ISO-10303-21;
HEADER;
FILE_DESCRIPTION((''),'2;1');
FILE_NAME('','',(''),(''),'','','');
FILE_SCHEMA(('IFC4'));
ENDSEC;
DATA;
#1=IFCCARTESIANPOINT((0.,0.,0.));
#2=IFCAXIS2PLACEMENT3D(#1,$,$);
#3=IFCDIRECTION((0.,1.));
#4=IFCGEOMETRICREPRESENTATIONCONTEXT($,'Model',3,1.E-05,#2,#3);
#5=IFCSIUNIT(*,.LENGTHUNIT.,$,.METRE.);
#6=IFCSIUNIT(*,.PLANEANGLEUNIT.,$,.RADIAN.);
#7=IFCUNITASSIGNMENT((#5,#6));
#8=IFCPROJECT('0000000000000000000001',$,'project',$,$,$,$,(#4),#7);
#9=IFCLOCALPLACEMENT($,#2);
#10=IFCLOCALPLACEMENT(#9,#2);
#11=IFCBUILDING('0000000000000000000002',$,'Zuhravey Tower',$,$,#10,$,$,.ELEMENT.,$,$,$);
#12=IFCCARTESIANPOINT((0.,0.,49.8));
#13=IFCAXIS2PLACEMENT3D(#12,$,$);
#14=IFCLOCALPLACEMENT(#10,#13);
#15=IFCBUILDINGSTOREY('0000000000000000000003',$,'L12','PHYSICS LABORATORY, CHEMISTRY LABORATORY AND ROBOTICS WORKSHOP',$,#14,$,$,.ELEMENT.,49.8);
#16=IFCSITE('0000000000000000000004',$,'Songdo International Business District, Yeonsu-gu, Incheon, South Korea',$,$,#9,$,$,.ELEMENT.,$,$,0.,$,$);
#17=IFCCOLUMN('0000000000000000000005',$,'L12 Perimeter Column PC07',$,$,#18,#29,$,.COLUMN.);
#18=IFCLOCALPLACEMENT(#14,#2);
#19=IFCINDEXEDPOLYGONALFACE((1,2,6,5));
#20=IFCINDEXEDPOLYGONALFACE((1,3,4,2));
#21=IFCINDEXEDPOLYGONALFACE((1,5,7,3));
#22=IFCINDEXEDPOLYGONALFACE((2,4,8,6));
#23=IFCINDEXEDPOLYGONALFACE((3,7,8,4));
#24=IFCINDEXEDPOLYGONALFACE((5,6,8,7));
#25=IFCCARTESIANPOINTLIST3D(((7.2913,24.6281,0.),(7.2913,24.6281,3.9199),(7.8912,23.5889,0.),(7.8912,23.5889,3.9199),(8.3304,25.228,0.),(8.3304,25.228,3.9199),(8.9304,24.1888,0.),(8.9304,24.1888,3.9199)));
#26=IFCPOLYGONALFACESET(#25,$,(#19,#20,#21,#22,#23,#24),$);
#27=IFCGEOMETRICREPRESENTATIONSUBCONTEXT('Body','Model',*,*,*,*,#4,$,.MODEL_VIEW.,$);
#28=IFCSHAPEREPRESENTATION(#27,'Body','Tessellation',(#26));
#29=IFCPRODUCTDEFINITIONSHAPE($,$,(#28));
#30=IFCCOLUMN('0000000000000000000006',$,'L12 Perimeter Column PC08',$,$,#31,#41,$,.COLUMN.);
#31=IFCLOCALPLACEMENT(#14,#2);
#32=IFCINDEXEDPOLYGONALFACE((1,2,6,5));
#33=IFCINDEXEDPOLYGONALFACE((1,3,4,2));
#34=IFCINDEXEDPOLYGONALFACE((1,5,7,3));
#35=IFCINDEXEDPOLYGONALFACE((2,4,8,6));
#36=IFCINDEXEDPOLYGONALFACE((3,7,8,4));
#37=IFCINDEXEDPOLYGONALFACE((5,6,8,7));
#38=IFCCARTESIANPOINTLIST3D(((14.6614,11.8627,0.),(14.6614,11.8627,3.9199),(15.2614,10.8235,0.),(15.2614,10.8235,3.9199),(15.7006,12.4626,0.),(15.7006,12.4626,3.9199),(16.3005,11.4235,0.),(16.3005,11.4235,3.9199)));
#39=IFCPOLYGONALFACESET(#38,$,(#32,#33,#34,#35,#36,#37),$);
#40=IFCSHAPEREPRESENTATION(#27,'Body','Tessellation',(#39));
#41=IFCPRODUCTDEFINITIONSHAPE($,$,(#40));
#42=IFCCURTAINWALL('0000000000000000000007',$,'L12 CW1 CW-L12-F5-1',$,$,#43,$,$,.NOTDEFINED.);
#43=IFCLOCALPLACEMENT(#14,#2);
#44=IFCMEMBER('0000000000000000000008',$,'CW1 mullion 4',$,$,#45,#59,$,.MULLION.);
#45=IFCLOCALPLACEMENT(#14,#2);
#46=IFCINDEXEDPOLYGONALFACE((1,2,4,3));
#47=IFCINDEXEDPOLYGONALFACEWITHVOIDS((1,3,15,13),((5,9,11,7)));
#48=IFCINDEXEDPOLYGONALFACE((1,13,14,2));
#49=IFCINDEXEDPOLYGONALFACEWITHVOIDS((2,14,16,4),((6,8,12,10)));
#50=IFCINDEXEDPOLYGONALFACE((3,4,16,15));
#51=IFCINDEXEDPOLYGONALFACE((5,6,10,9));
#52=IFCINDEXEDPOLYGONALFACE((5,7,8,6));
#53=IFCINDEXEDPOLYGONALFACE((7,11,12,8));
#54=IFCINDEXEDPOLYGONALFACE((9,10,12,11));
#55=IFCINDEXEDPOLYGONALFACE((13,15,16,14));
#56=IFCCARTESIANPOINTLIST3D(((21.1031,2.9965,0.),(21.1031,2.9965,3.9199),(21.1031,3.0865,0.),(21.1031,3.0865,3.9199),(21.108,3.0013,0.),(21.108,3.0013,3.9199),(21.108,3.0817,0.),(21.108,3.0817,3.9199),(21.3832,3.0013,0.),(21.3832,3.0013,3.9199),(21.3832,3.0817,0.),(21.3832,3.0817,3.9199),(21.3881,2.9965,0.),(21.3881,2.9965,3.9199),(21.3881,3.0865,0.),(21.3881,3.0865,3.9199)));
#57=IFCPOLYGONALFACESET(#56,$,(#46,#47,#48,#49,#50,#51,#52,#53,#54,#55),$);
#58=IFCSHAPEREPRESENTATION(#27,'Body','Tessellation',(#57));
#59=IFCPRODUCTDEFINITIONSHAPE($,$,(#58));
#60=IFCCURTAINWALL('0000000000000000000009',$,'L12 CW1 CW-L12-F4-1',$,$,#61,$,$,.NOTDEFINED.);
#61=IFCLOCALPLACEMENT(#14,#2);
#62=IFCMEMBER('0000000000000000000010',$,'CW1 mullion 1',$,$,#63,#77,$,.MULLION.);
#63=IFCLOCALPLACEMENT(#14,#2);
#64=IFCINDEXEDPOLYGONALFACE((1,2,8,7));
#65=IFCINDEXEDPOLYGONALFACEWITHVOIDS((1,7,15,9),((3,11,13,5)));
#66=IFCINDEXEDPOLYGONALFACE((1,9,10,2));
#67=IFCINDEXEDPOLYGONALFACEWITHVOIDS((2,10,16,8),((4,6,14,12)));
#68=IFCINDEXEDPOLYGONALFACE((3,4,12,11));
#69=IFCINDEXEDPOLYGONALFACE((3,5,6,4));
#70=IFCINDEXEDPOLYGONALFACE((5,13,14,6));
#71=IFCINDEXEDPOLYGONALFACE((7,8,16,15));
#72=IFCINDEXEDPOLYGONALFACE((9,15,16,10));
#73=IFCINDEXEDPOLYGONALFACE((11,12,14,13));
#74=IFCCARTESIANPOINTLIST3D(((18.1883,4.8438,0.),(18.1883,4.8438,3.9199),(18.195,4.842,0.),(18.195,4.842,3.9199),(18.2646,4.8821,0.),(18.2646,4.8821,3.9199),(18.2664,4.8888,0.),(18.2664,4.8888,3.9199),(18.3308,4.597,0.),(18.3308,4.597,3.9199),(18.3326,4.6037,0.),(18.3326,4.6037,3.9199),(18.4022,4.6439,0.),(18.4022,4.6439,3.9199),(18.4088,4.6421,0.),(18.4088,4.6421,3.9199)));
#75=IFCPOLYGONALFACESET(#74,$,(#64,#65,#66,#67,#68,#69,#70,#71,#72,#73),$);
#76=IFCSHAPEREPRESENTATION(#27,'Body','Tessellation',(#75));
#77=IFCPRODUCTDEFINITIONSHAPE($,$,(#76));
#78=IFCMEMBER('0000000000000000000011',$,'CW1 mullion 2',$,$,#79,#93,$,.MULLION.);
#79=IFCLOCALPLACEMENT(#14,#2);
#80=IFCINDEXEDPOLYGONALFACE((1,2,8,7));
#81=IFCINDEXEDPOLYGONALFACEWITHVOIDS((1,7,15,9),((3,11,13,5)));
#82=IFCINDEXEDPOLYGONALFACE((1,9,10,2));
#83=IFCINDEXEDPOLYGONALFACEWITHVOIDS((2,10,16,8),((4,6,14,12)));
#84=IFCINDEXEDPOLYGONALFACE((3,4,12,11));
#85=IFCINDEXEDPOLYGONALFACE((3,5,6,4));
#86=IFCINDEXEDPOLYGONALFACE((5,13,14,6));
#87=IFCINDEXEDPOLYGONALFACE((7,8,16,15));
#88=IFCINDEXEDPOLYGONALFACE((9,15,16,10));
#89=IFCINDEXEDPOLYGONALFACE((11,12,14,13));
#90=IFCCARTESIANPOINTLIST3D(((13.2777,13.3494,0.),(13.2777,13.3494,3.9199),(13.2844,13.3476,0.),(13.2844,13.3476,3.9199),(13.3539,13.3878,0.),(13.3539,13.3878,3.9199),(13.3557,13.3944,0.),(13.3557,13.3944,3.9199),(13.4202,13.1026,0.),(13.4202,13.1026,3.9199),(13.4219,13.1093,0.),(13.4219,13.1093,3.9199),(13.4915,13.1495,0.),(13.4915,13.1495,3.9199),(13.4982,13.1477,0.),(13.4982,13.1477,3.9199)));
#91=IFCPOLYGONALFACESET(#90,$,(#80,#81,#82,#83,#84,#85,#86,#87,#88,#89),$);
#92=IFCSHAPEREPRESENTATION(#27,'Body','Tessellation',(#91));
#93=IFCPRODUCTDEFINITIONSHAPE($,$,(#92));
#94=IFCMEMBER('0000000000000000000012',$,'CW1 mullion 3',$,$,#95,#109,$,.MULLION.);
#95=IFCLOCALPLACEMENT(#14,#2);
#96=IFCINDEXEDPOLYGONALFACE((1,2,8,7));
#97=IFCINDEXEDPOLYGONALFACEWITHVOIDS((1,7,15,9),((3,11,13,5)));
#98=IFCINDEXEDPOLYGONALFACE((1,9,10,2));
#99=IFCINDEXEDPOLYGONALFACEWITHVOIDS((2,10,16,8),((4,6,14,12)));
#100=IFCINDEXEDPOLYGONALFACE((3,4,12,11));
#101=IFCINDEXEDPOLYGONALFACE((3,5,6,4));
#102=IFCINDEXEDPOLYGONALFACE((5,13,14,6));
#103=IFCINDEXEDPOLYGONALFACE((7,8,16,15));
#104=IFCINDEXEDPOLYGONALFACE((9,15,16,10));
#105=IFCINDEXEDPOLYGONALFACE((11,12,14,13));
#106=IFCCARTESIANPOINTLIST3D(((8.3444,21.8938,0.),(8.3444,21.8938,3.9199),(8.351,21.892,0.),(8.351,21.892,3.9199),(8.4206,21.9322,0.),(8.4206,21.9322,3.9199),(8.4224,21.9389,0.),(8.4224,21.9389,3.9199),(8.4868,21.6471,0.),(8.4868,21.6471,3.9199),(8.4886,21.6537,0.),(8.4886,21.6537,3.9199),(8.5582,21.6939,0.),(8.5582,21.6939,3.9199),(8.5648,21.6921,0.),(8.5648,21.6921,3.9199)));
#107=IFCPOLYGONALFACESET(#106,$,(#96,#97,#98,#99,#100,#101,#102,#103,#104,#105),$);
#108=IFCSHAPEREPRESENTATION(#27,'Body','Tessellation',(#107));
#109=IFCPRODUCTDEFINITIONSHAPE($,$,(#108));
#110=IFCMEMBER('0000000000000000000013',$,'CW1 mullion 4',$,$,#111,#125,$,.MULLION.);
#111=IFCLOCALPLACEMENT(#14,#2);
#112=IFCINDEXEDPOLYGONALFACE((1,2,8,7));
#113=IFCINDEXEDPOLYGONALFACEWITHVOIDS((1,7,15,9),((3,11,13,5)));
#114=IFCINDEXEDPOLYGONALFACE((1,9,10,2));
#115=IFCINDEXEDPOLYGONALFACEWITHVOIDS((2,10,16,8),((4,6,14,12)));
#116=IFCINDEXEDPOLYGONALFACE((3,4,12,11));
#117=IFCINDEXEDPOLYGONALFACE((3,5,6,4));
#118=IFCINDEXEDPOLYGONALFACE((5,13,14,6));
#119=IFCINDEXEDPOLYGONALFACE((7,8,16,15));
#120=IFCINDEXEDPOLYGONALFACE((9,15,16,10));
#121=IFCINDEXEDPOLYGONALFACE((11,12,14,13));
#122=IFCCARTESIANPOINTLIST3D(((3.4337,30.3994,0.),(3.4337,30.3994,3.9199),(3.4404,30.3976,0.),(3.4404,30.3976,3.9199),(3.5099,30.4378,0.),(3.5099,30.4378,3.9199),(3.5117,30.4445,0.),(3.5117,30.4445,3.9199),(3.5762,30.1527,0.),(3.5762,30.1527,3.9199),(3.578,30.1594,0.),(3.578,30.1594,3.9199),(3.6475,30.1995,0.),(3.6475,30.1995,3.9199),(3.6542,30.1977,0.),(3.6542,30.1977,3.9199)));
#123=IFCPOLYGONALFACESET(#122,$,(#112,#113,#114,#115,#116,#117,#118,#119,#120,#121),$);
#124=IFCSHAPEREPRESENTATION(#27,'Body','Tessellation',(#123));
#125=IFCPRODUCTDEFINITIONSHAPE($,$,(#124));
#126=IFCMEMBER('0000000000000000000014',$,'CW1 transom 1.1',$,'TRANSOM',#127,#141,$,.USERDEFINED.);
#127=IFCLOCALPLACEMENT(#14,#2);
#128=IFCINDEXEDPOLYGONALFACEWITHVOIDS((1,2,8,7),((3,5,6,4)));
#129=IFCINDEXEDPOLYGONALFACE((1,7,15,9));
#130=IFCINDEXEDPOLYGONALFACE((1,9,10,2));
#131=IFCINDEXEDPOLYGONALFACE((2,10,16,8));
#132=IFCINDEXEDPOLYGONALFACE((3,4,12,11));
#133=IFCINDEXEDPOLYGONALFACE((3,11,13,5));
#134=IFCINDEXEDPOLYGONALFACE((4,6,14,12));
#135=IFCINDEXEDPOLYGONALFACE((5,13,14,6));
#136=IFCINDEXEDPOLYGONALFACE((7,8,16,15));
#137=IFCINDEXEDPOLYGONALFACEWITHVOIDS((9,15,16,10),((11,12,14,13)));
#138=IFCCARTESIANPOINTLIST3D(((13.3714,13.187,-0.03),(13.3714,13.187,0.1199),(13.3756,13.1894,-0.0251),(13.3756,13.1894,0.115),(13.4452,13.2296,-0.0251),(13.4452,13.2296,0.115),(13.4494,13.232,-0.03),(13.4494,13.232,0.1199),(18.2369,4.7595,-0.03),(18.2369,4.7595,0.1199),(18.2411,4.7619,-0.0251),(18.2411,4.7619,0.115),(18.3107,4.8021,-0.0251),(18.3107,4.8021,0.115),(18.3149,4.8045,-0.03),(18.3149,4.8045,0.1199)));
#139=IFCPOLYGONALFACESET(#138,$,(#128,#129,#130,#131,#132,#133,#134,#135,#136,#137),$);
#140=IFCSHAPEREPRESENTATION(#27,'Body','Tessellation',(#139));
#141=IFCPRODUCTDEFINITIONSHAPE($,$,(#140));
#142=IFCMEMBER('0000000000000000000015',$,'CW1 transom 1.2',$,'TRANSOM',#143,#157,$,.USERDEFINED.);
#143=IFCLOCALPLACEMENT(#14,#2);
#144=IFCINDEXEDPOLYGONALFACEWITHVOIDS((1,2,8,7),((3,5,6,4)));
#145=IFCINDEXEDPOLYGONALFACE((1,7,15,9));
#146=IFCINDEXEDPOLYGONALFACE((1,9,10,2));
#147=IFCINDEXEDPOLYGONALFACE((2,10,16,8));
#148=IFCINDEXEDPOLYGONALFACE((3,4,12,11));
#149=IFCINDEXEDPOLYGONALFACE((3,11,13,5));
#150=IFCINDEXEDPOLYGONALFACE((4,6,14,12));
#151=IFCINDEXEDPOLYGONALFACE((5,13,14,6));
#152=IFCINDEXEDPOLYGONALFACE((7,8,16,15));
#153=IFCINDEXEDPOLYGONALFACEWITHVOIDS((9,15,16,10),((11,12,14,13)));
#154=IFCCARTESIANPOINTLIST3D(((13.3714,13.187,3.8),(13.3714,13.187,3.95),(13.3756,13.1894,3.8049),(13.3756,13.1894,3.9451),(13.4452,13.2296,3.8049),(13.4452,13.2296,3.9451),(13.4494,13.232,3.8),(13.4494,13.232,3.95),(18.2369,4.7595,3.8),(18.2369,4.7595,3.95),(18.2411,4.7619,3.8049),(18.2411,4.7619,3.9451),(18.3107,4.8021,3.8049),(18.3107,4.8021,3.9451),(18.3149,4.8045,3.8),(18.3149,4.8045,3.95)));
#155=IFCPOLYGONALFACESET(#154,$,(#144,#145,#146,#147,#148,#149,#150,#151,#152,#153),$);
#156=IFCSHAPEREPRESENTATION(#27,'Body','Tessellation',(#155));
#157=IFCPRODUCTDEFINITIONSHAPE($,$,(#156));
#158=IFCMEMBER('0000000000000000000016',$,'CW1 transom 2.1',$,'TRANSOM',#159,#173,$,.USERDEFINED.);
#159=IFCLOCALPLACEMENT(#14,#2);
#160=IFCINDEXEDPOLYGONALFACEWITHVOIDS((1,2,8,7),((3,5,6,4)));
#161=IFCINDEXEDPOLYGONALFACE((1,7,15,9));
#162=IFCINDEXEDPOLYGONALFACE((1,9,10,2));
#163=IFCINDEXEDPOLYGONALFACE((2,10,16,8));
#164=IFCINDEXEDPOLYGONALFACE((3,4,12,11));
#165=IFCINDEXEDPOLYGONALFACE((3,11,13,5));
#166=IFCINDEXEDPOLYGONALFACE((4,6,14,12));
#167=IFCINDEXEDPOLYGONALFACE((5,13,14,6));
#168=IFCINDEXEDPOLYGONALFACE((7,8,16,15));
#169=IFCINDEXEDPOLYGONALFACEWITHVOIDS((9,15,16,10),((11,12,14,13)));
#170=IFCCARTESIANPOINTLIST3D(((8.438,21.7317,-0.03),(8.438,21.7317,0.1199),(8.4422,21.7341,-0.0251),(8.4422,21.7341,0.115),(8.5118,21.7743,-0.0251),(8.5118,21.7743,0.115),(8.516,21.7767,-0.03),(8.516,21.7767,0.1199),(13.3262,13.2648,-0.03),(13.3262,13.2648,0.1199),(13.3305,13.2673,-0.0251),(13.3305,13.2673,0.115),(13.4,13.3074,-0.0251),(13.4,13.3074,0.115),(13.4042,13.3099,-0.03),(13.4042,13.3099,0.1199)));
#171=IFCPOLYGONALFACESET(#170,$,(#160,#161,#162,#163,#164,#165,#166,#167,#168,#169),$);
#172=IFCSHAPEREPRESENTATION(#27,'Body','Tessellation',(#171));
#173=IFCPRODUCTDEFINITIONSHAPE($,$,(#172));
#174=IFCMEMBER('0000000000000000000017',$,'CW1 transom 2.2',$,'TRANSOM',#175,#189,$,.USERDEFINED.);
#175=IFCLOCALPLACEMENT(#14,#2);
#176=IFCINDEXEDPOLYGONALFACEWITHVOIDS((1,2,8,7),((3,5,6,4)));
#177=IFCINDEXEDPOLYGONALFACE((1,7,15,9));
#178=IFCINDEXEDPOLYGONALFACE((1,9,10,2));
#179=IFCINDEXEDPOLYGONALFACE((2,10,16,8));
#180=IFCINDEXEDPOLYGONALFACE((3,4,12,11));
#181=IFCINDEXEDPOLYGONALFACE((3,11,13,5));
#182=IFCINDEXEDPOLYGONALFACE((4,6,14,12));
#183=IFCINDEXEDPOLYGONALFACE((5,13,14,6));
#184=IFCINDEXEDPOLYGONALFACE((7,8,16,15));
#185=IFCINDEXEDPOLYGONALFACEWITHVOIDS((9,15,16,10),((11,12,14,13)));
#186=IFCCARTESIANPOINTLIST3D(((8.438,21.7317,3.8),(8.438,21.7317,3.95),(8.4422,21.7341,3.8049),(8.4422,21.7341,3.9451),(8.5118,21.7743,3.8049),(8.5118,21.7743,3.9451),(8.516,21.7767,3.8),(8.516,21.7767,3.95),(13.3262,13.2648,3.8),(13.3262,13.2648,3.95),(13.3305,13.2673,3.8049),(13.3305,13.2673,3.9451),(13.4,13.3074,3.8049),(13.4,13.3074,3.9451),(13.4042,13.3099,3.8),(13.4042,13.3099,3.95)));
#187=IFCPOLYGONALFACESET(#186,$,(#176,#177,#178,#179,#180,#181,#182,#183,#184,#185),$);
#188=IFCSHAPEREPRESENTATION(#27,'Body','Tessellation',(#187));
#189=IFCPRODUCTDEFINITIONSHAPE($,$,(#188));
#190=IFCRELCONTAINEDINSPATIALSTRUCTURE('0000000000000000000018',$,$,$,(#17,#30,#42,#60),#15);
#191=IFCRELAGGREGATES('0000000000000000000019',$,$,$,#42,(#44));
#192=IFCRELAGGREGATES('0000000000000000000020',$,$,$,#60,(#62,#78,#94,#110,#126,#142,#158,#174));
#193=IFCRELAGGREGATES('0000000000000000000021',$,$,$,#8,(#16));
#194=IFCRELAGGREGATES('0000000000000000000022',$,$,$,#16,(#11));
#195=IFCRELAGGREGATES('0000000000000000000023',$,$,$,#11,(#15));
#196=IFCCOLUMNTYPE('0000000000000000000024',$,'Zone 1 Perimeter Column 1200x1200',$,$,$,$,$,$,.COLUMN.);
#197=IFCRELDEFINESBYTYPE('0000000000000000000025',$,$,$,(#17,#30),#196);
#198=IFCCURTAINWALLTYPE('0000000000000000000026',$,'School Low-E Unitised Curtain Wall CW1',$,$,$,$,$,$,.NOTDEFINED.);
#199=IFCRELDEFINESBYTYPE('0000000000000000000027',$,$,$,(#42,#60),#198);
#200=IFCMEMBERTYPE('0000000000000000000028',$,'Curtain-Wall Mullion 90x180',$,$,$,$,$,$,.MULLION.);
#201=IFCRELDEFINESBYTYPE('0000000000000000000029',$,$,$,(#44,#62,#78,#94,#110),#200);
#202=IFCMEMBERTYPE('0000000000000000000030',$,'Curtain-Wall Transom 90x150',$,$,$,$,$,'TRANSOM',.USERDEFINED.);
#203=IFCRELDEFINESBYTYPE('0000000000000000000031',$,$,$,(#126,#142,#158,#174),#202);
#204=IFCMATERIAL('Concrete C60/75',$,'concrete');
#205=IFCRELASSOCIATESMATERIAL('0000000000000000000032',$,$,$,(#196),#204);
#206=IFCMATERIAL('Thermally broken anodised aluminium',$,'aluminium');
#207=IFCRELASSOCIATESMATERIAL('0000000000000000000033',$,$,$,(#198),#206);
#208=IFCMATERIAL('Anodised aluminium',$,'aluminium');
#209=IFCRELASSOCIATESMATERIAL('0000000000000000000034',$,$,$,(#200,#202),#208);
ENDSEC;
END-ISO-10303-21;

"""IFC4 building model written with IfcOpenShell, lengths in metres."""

from ifc_helpers import new_model, si_unit, direction, frame, origin, origin_2d, place, context, subcontext, project, spatial, rectangle, hollow_rectangle, extrude, material, material_profile, profile_set, type_object, element, aggregate, save


model = new_model("IFC4")

# Units and contexts
model_context = context("Model", 3, precision=1e-05, world=origin(), true_north=direction((0.0, 1.0)))
body_context = subcontext(model_context, "Body", "Model", "MODEL_VIEW")
ifc_project = project(units=[si_unit("LENGTHUNIT", "METRE"), si_unit("PLANEANGLEUNIT", "RADIAN")], contexts=[model_context])

# Site, building, storey
site_placement = place(None, origin())
site = spatial("IfcSite", under=ifc_project, at=site_placement, Name="Songdo International Business District, Yeonsu-gu, Incheon, South Korea", CompositionType="ELEMENT", RefElevation=0.0)
building_placement = place(site_placement, origin())
building = spatial("IfcBuilding", under=site, at=building_placement, Name="Zuhravey Tower", CompositionType="ELEMENT")
storey_placement = place(building_placement, frame((0.0, 0.0, 49.8)))
storey = spatial("IfcBuildingStorey", under=building, at=storey_placement, Name="L12", Description="PHYSICS LABORATORY, CHEMISTRY LABORATORY AND ROBOTICS WORKSHOP", CompositionType="ELEMENT", Elevation=49.8)

# Columns
ifc_material_1 = material(Name="Concrete C60/75", Category="concrete")
ifc_material_profile_1 = material_profile(ifc_material_1, rectangle(XDim=1.2, YDim=1.2, at=origin_2d()), Name="RC-1200x1200")
ifc_profile_set_1 = profile_set([ifc_material_profile_1], Name="Concrete C60/75")
column_type = type_object("IfcColumnType", Name="Zone 1 Perimeter Column 1200x1200", PredefinedType="COLUMN", material=ifc_profile_set_1)
for number, where, z_axis, x_axis, name in (
    (1, (8.1108, 24.4084, 0.0), (0.0, 0.0, 1.0), (0.5, -0.866025, 0.0), "L12 Perimeter Column PC07"),
    (2, (15.481, 11.6431, 0.0), (0.0, 0.0, 1.0), (0.5, -0.866025, 0.0), "L12 Perimeter Column PC08"),
):
    element("IfcColumn", number, at=place(storey_placement, frame(where, z_axis=z_axis, x_axis=x_axis)), inside=storey, type_object=column_type, Name=name, PredefinedType="COLUMN", context=body_context, shape_type="SweptSolid", body=[
        extrude(rectangle(XDim=1.2, YDim=1.2, at=origin_2d()), origin(), (0.0, 0.0, 1.0), 3.9199),
    ])

# Curtain wall, member
ifc_material_2 = material(Name="Thermally broken anodised aluminium", Category="aluminium")
curtain_wall_type = type_object("IfcCurtainWallType", Name="School Low-E Unitised Curtain Wall CW1", PredefinedType="NOTDEFINED", material=ifc_material_2)
curtain_wall_1_placement = place(storey_placement, origin())
curtain_wall_1 = element("IfcCurtainWall", 3, at=curtain_wall_1_placement, inside=storey, type_object=curtain_wall_type, Name="L12 CW1 CW-L12-F5-1", PredefinedType="NOTDEFINED")
ifc_material_3 = material(Name="Anodised aluminium", Category="aluminium")
ifc_material_profile_2 = material_profile(ifc_material_3, hollow_rectangle(XDim=0.0901, YDim=0.2849, WallThickness=0.0049, at=origin_2d()), Name="ALU-RHS-90x285x5")
ifc_profile_set_2 = profile_set([ifc_material_profile_2], Name="Anodised aluminium")
member_type_1 = type_object("IfcMemberType", Name="Curtain-Wall Mullion 90x180", PredefinedType="MULLION", material=ifc_profile_set_2)
member_1_placement = place(storey_placement, frame((21.2456, 3.0415, 0.0), z_axis=(0.0, 0.0, 1.0), x_axis=(0.0, -1.0, 0.0)))
member_1 = element("IfcMember", 4, at=member_1_placement, type_object=member_type_1, Name="CW1 mullion 4", PredefinedType="MULLION", context=body_context, shape_type="SweptSolid", body=[
    extrude(hollow_rectangle(XDim=0.0901, YDim=0.2849, WallThickness=0.0049, at=origin_2d()), origin(), (0.0, 0.0, 1.0), 3.9199),
])
aggregate(curtain_wall_1, [member_1])

# Curtain wall, members
curtain_wall_2_placement = place(storey_placement, origin())
curtain_wall_2 = element("IfcCurtainWall", 5, at=curtain_wall_2_placement, inside=storey, type_object=curtain_wall_type, Name="L12 CW1 CW-L12-F4-1", PredefinedType="NOTDEFINED")
member_2_placement = place(storey_placement, frame((18.2986, 4.7429, 0.0), z_axis=(0.0, 0.0, 1.0), x_axis=(-0.866026, -0.5, 0.0)))
member_2 = element("IfcMember", 6, at=member_2_placement, type_object=member_type_1, Name="CW1 mullion 1", PredefinedType="MULLION", context=body_context, shape_type="SweptSolid", body=[
    extrude(hollow_rectangle(XDim=0.0901, YDim=0.2849, WallThickness=0.0049, at=origin_2d()), origin(), (0.0, 0.0, 1.0), 3.9199),
])
member_3_placement = place(storey_placement, frame((13.3879, 13.2485, 0.0), z_axis=(0.0, 0.0, 1.0), x_axis=(-0.866026, -0.5, 0.0)))
member_3 = element("IfcMember", 7, at=member_3_placement, type_object=member_type_1, Name="CW1 mullion 2", PredefinedType="MULLION", context=body_context, shape_type="SweptSolid", body=[
    extrude(hollow_rectangle(XDim=0.0901, YDim=0.2849, WallThickness=0.0049, at=origin_2d()), origin(), (0.0, 0.0, 1.0), 3.9199),
])
member_4_placement = place(storey_placement, frame((8.4546, 21.793, 0.0), z_axis=(0.0, 0.0, 1.0), x_axis=(-0.866026, -0.5, 0.0)))
member_4 = element("IfcMember", 8, at=member_4_placement, type_object=member_type_1, Name="CW1 mullion 3", PredefinedType="MULLION", context=body_context, shape_type="SweptSolid", body=[
    extrude(hollow_rectangle(XDim=0.0901, YDim=0.2849, WallThickness=0.0049, at=origin_2d()), origin(), (0.0, 0.0, 1.0), 3.9199),
])
member_5_placement = place(storey_placement, frame((3.5439, 30.2986, 0.0), z_axis=(0.0, 0.0, 1.0), x_axis=(-0.866026, -0.5, 0.0)))
member_5 = element("IfcMember", 9, at=member_5_placement, type_object=member_type_1, Name="CW1 mullion 4", PredefinedType="MULLION", context=body_context, shape_type="SweptSolid", body=[
    extrude(hollow_rectangle(XDim=0.0901, YDim=0.2849, WallThickness=0.0049, at=origin_2d()), origin(), (0.0, 0.0, 1.0), 3.9199),
])
ifc_material_profile_3 = material_profile(ifc_material_3, hollow_rectangle(XDim=0.0901, YDim=0.1499, WallThickness=0.0049, at=origin_2d()), Name="ALU-RHS-90x150x5")
ifc_profile_set_3 = profile_set([ifc_material_profile_3], Name="Anodised aluminium")
member_type_2 = type_object("IfcMemberType", Name="Curtain-Wall Transom 90x150", ElementType="TRANSOM", PredefinedType="USERDEFINED", material=ifc_profile_set_3)
member_6_placement = place(storey_placement, frame((18.2759, 4.782, 0.0449), z_axis=(-0.49999, 0.866031, 0.0), x_axis=(-0.866031, -0.49999, 0.0)))
member_6 = element("IfcMember", 10, at=member_6_placement, type_object=member_type_2, Name="CW1 transom 1.1", ObjectType="TRANSOM", PredefinedType="USERDEFINED", context=body_context, shape_type="SweptSolid", body=[
    extrude(hollow_rectangle(XDim=0.0901, YDim=0.1499, WallThickness=0.0049, at=origin_2d()), origin(), (0.0, 0.0, 1.0), 9.7312),
])
member_7_placement = place(storey_placement, frame((18.2759, 4.782, 3.875), z_axis=(-0.49999, 0.866031, 0.0), x_axis=(-0.866031, -0.49999, 0.0)))
member_7 = element("IfcMember", 11, at=member_7_placement, type_object=member_type_2, Name="CW1 transom 1.2", ObjectType="TRANSOM", PredefinedType="USERDEFINED", context=body_context, shape_type="SweptSolid", body=[
    extrude(hollow_rectangle(XDim=0.0901, YDim=0.1499, WallThickness=0.0049, at=origin_2d()), origin(), (0.0, 0.0, 1.0), 9.7312),
])
member_8_placement = place(storey_placement, frame((13.3652, 13.2874, 0.0449), z_axis=(-0.49999, 0.866031, 0.0), x_axis=(-0.866031, -0.49999, 0.0)))
member_8 = element("IfcMember", 12, at=member_8_placement, type_object=member_type_2, Name="CW1 transom 2.1", ObjectType="TRANSOM", PredefinedType="USERDEFINED", context=body_context, shape_type="SweptSolid", body=[
    extrude(hollow_rectangle(XDim=0.0901, YDim=0.1499, WallThickness=0.0049, at=origin_2d()), origin(), (0.0, 0.0, 1.0), 9.7766),
])
member_9_placement = place(storey_placement, frame((13.3652, 13.2874, 3.875), z_axis=(-0.49999, 0.866031, 0.0), x_axis=(-0.866031, -0.49999, 0.0)))
member_9 = element("IfcMember", 13, at=member_9_placement, type_object=member_type_2, Name="CW1 transom 2.2", ObjectType="TRANSOM", PredefinedType="USERDEFINED", context=body_context, shape_type="SweptSolid", body=[
    extrude(hollow_rectangle(XDim=0.0901, YDim=0.1499, WallThickness=0.0049, at=origin_2d()), origin(), (0.0, 0.0, 1.0), 9.7766),
])

aggregate(curtain_wall_2, [member_2, member_3, member_4, member_5, member_6, member_7, member_8, member_9])

save(model, "model.ifc")
